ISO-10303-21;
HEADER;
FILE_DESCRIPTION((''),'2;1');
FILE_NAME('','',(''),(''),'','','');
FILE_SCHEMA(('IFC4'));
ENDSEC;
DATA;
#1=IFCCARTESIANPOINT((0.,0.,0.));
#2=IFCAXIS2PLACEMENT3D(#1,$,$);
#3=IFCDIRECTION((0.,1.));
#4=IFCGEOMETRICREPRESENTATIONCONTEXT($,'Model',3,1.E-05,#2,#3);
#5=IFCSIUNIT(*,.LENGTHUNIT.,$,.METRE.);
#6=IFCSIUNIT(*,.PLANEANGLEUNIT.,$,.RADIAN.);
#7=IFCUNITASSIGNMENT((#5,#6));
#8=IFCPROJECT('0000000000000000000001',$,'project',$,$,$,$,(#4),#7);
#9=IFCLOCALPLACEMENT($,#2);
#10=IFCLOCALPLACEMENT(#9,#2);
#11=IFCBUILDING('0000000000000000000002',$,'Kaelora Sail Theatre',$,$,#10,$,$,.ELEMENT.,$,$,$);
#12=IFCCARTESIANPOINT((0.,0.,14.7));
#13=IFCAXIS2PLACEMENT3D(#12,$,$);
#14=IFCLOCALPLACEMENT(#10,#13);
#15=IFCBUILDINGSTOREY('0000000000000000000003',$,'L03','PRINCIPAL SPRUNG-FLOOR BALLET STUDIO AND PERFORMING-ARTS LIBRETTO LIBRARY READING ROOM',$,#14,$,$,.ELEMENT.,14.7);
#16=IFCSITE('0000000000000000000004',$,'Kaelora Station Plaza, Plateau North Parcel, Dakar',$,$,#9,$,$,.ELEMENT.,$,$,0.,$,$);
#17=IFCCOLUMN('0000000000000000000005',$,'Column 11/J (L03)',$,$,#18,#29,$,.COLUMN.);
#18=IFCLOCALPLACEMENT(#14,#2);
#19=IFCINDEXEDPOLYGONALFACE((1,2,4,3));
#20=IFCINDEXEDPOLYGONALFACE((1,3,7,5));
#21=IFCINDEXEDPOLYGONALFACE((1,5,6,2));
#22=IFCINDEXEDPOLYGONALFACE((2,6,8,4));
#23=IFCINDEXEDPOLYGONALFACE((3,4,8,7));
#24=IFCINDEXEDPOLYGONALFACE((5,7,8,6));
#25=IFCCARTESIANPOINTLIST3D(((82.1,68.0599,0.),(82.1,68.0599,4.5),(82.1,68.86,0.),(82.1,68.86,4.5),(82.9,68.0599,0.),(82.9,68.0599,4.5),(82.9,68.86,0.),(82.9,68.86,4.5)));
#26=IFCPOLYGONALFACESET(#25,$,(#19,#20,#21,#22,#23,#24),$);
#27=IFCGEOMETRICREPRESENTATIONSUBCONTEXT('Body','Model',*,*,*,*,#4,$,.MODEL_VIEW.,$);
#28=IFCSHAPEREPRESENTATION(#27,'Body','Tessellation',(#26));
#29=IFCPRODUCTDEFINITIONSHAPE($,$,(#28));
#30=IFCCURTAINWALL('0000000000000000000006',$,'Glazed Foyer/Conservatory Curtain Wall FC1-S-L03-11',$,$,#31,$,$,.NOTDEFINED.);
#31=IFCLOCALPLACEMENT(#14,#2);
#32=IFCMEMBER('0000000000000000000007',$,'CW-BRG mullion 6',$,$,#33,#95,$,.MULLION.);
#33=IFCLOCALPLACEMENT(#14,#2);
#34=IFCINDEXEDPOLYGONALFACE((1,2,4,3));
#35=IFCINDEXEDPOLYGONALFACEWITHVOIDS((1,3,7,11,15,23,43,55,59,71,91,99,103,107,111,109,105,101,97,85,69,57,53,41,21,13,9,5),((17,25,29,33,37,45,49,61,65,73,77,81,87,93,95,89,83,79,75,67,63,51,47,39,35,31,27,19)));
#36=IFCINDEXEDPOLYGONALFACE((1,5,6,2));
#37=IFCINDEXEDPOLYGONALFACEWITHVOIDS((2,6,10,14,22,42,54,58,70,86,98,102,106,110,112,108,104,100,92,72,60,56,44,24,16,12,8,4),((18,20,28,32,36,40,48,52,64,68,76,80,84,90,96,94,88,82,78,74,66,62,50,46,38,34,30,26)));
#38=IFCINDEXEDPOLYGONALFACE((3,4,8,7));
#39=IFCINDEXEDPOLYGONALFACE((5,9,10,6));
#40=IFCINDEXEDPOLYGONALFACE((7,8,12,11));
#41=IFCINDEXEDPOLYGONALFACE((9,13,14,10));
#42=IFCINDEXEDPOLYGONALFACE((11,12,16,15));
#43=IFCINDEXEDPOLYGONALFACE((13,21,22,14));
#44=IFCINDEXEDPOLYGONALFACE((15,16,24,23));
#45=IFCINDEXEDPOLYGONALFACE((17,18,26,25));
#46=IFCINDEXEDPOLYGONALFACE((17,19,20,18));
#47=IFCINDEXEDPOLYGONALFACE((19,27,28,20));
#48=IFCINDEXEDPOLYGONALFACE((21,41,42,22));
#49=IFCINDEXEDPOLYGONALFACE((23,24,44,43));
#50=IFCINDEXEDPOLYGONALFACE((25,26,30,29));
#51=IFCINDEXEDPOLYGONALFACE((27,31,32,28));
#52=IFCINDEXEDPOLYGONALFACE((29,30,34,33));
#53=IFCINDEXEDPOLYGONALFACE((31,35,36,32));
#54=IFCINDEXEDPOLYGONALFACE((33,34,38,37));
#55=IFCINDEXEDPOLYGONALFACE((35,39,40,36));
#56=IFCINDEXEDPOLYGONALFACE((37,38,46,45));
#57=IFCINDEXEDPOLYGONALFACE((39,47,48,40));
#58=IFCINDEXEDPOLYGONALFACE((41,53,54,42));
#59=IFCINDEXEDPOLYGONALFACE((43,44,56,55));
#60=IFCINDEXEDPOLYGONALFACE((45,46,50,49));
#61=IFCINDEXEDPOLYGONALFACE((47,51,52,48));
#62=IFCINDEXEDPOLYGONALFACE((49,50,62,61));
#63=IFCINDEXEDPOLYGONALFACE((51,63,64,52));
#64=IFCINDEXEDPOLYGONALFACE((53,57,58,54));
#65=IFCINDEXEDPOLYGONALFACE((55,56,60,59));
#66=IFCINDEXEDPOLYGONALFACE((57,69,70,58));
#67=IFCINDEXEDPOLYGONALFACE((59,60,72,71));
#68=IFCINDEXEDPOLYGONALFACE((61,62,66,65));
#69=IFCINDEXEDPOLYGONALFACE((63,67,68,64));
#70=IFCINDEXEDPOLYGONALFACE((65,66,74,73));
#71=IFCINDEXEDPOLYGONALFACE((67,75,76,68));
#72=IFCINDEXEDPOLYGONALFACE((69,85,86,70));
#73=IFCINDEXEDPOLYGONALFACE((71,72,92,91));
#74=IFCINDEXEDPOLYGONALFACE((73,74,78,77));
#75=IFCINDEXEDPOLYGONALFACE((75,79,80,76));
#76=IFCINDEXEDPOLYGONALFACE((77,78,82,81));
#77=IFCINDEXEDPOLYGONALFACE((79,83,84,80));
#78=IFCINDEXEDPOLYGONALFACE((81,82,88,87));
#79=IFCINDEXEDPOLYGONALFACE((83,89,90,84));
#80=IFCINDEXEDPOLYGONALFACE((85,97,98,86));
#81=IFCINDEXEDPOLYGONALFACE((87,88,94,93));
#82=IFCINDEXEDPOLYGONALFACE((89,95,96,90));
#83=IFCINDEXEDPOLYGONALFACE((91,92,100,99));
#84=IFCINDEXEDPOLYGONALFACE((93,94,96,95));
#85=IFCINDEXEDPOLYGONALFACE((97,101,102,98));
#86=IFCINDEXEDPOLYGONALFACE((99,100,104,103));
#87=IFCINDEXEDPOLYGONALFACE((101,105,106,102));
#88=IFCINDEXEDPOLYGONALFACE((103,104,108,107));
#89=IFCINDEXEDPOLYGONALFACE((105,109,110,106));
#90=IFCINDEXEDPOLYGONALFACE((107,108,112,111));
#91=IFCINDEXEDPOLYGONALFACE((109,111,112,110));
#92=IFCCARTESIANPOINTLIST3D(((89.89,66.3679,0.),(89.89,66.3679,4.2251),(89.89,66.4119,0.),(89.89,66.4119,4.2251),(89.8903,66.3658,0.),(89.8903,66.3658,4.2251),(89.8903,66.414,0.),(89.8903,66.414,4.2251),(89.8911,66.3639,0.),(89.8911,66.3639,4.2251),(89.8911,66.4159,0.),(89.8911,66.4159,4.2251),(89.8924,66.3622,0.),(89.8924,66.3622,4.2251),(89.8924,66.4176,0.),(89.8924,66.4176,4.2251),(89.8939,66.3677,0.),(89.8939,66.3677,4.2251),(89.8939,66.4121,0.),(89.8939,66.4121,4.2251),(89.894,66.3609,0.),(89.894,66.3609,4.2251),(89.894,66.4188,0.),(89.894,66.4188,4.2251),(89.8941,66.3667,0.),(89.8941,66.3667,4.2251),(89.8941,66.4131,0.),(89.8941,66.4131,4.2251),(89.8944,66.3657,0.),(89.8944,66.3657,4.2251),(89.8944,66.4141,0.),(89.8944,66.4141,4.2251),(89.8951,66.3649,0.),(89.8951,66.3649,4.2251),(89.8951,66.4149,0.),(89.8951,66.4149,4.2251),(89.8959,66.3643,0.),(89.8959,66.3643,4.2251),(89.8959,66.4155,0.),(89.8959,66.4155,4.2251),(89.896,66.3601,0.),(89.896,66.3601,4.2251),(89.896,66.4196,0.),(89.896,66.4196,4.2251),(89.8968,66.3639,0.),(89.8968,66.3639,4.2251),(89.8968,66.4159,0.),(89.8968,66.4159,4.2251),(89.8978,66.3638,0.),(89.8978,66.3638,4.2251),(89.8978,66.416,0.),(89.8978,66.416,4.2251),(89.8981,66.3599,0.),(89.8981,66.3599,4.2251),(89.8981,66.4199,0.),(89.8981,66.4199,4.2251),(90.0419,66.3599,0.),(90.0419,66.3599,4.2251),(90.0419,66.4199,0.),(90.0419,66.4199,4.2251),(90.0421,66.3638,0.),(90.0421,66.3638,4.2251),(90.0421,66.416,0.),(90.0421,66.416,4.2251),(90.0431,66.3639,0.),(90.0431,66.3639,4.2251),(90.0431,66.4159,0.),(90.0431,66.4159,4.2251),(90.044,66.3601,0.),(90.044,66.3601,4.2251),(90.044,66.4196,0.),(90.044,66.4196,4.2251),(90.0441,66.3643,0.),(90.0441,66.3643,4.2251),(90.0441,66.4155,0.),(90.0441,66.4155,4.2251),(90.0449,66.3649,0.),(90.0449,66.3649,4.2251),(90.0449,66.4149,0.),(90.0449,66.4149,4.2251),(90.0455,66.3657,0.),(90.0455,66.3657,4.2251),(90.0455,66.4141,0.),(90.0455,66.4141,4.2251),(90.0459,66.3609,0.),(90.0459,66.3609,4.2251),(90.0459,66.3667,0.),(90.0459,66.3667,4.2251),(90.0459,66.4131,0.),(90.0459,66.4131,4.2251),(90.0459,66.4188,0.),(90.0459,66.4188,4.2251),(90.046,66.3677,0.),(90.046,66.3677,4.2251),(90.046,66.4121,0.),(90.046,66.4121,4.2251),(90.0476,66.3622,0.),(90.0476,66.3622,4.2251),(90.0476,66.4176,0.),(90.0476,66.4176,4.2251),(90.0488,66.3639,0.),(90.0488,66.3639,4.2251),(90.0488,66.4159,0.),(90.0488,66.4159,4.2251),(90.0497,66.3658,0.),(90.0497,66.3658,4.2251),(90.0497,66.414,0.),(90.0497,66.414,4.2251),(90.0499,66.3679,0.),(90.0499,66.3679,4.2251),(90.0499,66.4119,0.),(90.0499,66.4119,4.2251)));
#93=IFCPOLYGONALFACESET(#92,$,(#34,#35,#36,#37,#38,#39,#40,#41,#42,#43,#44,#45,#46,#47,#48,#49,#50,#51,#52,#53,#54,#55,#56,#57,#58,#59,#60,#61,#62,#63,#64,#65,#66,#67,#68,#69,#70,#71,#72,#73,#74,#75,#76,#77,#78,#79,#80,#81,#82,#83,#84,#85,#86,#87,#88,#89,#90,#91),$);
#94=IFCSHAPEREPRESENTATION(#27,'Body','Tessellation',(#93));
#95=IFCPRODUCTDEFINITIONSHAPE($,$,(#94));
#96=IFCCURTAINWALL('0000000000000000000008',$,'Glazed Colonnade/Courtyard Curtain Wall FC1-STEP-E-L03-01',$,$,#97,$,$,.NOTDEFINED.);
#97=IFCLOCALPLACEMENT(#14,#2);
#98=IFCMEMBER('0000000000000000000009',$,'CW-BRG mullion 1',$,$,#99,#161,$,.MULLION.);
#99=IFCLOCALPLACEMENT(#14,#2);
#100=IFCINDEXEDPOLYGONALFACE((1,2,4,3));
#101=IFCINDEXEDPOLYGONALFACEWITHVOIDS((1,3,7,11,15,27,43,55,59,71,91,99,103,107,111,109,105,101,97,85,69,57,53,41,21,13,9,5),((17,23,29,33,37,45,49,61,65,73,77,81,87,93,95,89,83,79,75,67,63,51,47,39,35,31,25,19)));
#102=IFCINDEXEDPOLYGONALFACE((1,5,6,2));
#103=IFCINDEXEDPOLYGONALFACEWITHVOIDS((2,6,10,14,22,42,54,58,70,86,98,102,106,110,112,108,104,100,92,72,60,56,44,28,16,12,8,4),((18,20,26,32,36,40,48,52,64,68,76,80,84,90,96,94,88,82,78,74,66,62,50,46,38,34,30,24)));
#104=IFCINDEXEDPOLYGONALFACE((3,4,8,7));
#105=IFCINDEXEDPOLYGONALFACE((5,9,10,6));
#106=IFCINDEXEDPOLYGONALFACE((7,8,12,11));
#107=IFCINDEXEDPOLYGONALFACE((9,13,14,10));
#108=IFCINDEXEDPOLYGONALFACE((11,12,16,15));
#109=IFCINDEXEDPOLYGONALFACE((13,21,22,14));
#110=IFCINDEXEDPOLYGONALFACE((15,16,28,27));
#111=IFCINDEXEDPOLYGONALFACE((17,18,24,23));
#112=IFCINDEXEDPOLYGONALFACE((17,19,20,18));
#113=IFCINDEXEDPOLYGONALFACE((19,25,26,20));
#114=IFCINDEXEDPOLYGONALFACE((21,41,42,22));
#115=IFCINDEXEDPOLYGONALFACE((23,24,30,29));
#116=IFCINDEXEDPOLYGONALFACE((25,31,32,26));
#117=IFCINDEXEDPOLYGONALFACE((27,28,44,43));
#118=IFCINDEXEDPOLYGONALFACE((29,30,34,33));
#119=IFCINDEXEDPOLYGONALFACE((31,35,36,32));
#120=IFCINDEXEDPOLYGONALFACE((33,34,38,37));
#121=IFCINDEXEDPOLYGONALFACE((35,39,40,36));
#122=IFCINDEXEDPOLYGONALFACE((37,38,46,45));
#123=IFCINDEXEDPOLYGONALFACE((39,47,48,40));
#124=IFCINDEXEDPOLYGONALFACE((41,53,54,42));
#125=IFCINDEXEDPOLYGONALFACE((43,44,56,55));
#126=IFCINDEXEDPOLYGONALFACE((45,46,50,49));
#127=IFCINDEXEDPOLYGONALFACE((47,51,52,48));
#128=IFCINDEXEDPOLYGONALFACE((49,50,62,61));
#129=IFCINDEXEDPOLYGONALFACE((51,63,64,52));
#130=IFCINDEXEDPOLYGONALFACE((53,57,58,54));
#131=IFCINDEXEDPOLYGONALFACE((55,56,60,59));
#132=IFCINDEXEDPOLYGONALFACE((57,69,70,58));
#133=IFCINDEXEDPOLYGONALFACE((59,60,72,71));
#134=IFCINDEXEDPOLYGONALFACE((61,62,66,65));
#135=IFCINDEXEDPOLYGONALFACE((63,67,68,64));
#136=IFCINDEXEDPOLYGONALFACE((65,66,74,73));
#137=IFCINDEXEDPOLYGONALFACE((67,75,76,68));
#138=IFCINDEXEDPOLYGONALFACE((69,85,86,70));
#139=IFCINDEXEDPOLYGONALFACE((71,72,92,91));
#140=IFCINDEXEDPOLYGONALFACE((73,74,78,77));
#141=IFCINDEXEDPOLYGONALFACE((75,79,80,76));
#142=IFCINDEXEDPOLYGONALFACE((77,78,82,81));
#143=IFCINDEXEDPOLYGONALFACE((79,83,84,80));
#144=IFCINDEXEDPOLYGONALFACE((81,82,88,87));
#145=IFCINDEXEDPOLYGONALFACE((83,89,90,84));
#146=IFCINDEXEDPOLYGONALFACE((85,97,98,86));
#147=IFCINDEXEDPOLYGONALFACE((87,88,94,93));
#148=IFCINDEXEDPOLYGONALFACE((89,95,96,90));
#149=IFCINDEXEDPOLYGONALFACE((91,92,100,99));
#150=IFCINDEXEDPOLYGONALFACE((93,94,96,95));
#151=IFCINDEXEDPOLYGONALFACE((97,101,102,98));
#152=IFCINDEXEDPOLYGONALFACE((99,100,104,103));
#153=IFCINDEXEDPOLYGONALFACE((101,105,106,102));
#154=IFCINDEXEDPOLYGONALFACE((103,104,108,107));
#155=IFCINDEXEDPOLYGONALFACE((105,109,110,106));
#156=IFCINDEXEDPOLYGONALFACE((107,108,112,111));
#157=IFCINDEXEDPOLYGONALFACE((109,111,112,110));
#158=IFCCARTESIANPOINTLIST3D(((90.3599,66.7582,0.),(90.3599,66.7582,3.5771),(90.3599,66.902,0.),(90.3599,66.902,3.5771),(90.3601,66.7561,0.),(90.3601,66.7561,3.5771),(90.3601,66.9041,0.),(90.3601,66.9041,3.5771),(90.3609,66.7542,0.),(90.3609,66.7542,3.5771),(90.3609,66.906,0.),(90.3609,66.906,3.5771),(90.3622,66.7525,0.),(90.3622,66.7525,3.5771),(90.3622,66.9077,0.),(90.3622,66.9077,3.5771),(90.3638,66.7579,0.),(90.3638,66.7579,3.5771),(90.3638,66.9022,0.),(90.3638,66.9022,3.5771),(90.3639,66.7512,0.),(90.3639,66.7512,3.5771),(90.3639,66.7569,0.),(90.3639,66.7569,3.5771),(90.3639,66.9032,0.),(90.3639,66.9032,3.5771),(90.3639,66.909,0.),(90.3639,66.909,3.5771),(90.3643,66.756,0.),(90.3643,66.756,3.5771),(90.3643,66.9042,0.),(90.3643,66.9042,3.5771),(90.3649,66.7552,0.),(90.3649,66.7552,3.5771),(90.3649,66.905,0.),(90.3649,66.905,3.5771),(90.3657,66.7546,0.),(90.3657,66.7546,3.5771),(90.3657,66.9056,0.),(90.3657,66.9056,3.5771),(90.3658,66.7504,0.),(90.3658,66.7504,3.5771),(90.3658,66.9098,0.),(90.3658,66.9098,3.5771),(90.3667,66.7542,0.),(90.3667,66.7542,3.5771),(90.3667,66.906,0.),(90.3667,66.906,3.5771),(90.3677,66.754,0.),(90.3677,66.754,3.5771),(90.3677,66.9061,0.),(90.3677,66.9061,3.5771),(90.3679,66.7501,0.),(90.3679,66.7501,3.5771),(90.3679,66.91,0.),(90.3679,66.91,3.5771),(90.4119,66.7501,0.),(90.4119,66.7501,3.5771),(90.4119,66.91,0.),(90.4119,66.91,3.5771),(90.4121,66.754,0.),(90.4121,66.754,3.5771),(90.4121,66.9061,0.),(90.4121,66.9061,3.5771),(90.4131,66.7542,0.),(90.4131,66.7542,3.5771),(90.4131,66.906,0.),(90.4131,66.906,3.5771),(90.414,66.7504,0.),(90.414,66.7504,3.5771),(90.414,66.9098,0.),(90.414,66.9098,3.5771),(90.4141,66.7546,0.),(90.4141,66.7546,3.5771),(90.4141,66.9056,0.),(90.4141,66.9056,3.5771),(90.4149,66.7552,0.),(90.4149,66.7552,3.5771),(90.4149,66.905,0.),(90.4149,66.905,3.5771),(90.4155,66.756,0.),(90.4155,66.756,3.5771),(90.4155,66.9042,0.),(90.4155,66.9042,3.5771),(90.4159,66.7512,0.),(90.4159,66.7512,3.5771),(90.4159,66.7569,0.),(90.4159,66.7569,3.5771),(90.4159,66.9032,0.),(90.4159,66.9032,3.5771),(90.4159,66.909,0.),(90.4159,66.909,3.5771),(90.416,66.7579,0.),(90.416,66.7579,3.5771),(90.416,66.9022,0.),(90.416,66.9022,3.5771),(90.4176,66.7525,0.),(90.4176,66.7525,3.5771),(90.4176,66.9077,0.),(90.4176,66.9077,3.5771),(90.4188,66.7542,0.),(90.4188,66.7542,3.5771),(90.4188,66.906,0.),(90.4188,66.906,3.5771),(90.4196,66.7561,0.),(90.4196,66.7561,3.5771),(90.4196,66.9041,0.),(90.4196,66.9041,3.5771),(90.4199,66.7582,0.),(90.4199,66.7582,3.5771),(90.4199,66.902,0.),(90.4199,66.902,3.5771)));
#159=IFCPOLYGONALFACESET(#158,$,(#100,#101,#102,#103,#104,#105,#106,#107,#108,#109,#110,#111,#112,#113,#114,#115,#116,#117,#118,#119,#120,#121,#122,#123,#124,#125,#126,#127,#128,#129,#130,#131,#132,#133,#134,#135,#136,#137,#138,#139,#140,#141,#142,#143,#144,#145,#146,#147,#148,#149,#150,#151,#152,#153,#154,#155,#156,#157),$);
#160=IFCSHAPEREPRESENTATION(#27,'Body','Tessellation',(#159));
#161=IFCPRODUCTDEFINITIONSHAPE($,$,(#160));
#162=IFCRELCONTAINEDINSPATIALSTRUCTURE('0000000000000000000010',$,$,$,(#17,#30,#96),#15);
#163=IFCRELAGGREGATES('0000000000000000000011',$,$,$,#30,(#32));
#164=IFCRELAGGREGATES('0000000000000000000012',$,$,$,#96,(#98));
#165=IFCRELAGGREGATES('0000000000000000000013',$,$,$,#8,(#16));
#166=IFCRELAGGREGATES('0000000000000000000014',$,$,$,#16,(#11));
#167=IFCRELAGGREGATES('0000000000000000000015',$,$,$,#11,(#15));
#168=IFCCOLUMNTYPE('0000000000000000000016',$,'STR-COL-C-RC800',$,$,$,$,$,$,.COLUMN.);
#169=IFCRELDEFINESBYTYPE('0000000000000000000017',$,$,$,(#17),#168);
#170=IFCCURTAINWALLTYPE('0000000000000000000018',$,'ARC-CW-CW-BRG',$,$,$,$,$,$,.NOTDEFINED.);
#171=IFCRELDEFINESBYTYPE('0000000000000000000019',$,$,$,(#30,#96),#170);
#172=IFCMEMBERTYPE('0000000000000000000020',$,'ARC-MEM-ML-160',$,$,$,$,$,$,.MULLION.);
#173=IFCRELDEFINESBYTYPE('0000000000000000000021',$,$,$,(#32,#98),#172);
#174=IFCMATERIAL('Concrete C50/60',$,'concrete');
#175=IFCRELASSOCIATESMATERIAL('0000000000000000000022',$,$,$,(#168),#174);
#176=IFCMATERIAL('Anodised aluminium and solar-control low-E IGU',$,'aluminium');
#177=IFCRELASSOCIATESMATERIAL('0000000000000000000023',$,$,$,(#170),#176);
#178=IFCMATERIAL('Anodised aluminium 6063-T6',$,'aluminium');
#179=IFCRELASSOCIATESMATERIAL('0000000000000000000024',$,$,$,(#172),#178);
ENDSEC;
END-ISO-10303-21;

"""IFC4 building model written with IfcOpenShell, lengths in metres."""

from ifc_helpers import new_model, si_unit, direction, frame, origin, origin_2d, place, context, subcontext, project, spatial, rectangle, hollow_rectangle, extrude, material, material_profile, profile_set, type_object, element, aggregate, save


model = new_model("IFC4")

# Units and contexts
model_context = context("Model", 3, precision=1e-05, world=origin(), true_north=direction((0.0, 1.0)))
body_context = subcontext(model_context, "Body", "Model", "MODEL_VIEW")
ifc_project = project(units=[si_unit("LENGTHUNIT", "METRE"), si_unit("PLANEANGLEUNIT", "RADIAN")], contexts=[model_context])

# Site, building, storey
site_placement = place(None, origin())
site = spatial("IfcSite", under=ifc_project, at=site_placement, Name="Kaelora Station Plaza, Plateau North Parcel, Dakar", CompositionType="ELEMENT", RefElevation=0.0)
building_placement = place(site_placement, origin())
building = spatial("IfcBuilding", under=site, at=building_placement, Name="Kaelora Sail Theatre", CompositionType="ELEMENT")
storey_placement = place(building_placement, frame((0.0, 0.0, 14.7)))
storey = spatial("IfcBuildingStorey", under=building, at=storey_placement, Name="L03", Description="PRINCIPAL SPRUNG-FLOOR BALLET STUDIO AND PERFORMING-ARTS LIBRETTO LIBRARY READING ROOM", CompositionType="ELEMENT", Elevation=14.7)

# Column
ifc_material_1 = material(Name="Concrete C50/60", Category="concrete")
ifc_material_profile_1 = material_profile(ifc_material_1, rectangle(XDim=0.8, YDim=0.8, at=origin_2d()), Name="RC-COL 800x800")
ifc_profile_set_1 = profile_set([ifc_material_profile_1], Name="Concrete C50/60")
column_type = type_object("IfcColumnType", Name="STR-COL-C-RC800", PredefinedType="COLUMN", material=ifc_profile_set_1)
column_placement = place(storey_placement, frame((82.5, 68.46, 0.0), z_axis=(0.0, 0.0, 1.0), x_axis=(1.0, 0.0, 0.0)))
element("IfcColumn", 1, at=column_placement, inside=storey, type_object=column_type, Name="Column 11/J (L03)", PredefinedType="COLUMN", context=body_context, shape_type="SweptSolid", body=[
    extrude(rectangle(XDim=0.8, YDim=0.8, at=origin_2d()), origin(), (0.0, 0.0, 1.0), 4.5),
])

# Curtain wall, member
ifc_material_2 = material(Name="Anodised aluminium and solar-control low-E IGU", Category="aluminium")
curtain_wall_type = type_object("IfcCurtainWallType", Name="ARC-CW-CW-BRG", PredefinedType="NOTDEFINED", material=ifc_material_2)
curtain_wall_1_placement = place(storey_placement, origin())
curtain_wall_1 = element("IfcCurtainWall", 2, at=curtain_wall_1_placement, inside=storey, type_object=curtain_wall_type, Name="Glazed Foyer/Conservatory Curtain Wall FC1-S-L03-11", PredefinedType="NOTDEFINED")
ifc_material_3 = material(Name="Anodised aluminium 6063-T6", Category="aluminium")
ifc_material_profile_2 = material_profile(ifc_material_3, hollow_rectangle(XDim=0.0601, YDim=0.1599, WallThickness=0.0039, InnerFilletRadius=0.0039, OuterFilletRadius=0.0081, at=origin_2d()), Name="ALU-MULL 60x160x4")
ifc_profile_set_2 = profile_set([ifc_material_profile_2], Name="Anodised aluminium 6063-T6")
member_type_1 = type_object("IfcMemberType", Name="ARC-MEM-ML-160", PredefinedType="MULLION", material=ifc_profile_set_2)
member_1_placement = place(storey_placement, frame((89.97, 66.3899, 0.0), z_axis=(0.0, 0.0, 1.0), x_axis=(0.0, 1.0, 0.0)))
member_1 = element("IfcMember", 3, at=member_1_placement, type_object=member_type_1, Name="CW-BRG mullion 6", PredefinedType="MULLION", context=body_context, shape_type="SweptSolid", body=[
    extrude(hollow_rectangle(XDim=0.0601, YDim=0.1599, WallThickness=0.0039, InnerFilletRadius=0.0039, OuterFilletRadius=0.0081, at=origin_2d()), origin(), (0.0, 0.0, 1.0), 4.2251),
])

# Curtain wall, member
curtain_wall_2_placement = place(storey_placement, origin())
curtain_wall_2 = element("IfcCurtainWall", 4, at=curtain_wall_2_placement, inside=storey, type_object=curtain_wall_type, Name="Glazed Colonnade/Courtyard Curtain Wall FC1-STEP-E-L03-01", PredefinedType="NOTDEFINED")
member_2_placement = place(storey_placement, frame((90.3899, 66.8301, 0.0), z_axis=(0.0, 0.0, 1.0), x_axis=(-1.0, 0.0, 0.0)))
member_2 = element("IfcMember", 5, at=member_2_placement, type_object=member_type_1, Name="CW-BRG mullion 1", PredefinedType="MULLION", context=body_context, shape_type="SweptSolid", body=[
    extrude(hollow_rectangle(XDim=0.0601, YDim=0.1599, WallThickness=0.0039, InnerFilletRadius=0.0039, OuterFilletRadius=0.0081, at=origin_2d()), origin(), (0.0, 0.0, 1.0), 3.5771),
])

aggregate(curtain_wall_1, [member_1])
aggregate(curtain_wall_2, [member_2])

save(model, "model.ifc")
